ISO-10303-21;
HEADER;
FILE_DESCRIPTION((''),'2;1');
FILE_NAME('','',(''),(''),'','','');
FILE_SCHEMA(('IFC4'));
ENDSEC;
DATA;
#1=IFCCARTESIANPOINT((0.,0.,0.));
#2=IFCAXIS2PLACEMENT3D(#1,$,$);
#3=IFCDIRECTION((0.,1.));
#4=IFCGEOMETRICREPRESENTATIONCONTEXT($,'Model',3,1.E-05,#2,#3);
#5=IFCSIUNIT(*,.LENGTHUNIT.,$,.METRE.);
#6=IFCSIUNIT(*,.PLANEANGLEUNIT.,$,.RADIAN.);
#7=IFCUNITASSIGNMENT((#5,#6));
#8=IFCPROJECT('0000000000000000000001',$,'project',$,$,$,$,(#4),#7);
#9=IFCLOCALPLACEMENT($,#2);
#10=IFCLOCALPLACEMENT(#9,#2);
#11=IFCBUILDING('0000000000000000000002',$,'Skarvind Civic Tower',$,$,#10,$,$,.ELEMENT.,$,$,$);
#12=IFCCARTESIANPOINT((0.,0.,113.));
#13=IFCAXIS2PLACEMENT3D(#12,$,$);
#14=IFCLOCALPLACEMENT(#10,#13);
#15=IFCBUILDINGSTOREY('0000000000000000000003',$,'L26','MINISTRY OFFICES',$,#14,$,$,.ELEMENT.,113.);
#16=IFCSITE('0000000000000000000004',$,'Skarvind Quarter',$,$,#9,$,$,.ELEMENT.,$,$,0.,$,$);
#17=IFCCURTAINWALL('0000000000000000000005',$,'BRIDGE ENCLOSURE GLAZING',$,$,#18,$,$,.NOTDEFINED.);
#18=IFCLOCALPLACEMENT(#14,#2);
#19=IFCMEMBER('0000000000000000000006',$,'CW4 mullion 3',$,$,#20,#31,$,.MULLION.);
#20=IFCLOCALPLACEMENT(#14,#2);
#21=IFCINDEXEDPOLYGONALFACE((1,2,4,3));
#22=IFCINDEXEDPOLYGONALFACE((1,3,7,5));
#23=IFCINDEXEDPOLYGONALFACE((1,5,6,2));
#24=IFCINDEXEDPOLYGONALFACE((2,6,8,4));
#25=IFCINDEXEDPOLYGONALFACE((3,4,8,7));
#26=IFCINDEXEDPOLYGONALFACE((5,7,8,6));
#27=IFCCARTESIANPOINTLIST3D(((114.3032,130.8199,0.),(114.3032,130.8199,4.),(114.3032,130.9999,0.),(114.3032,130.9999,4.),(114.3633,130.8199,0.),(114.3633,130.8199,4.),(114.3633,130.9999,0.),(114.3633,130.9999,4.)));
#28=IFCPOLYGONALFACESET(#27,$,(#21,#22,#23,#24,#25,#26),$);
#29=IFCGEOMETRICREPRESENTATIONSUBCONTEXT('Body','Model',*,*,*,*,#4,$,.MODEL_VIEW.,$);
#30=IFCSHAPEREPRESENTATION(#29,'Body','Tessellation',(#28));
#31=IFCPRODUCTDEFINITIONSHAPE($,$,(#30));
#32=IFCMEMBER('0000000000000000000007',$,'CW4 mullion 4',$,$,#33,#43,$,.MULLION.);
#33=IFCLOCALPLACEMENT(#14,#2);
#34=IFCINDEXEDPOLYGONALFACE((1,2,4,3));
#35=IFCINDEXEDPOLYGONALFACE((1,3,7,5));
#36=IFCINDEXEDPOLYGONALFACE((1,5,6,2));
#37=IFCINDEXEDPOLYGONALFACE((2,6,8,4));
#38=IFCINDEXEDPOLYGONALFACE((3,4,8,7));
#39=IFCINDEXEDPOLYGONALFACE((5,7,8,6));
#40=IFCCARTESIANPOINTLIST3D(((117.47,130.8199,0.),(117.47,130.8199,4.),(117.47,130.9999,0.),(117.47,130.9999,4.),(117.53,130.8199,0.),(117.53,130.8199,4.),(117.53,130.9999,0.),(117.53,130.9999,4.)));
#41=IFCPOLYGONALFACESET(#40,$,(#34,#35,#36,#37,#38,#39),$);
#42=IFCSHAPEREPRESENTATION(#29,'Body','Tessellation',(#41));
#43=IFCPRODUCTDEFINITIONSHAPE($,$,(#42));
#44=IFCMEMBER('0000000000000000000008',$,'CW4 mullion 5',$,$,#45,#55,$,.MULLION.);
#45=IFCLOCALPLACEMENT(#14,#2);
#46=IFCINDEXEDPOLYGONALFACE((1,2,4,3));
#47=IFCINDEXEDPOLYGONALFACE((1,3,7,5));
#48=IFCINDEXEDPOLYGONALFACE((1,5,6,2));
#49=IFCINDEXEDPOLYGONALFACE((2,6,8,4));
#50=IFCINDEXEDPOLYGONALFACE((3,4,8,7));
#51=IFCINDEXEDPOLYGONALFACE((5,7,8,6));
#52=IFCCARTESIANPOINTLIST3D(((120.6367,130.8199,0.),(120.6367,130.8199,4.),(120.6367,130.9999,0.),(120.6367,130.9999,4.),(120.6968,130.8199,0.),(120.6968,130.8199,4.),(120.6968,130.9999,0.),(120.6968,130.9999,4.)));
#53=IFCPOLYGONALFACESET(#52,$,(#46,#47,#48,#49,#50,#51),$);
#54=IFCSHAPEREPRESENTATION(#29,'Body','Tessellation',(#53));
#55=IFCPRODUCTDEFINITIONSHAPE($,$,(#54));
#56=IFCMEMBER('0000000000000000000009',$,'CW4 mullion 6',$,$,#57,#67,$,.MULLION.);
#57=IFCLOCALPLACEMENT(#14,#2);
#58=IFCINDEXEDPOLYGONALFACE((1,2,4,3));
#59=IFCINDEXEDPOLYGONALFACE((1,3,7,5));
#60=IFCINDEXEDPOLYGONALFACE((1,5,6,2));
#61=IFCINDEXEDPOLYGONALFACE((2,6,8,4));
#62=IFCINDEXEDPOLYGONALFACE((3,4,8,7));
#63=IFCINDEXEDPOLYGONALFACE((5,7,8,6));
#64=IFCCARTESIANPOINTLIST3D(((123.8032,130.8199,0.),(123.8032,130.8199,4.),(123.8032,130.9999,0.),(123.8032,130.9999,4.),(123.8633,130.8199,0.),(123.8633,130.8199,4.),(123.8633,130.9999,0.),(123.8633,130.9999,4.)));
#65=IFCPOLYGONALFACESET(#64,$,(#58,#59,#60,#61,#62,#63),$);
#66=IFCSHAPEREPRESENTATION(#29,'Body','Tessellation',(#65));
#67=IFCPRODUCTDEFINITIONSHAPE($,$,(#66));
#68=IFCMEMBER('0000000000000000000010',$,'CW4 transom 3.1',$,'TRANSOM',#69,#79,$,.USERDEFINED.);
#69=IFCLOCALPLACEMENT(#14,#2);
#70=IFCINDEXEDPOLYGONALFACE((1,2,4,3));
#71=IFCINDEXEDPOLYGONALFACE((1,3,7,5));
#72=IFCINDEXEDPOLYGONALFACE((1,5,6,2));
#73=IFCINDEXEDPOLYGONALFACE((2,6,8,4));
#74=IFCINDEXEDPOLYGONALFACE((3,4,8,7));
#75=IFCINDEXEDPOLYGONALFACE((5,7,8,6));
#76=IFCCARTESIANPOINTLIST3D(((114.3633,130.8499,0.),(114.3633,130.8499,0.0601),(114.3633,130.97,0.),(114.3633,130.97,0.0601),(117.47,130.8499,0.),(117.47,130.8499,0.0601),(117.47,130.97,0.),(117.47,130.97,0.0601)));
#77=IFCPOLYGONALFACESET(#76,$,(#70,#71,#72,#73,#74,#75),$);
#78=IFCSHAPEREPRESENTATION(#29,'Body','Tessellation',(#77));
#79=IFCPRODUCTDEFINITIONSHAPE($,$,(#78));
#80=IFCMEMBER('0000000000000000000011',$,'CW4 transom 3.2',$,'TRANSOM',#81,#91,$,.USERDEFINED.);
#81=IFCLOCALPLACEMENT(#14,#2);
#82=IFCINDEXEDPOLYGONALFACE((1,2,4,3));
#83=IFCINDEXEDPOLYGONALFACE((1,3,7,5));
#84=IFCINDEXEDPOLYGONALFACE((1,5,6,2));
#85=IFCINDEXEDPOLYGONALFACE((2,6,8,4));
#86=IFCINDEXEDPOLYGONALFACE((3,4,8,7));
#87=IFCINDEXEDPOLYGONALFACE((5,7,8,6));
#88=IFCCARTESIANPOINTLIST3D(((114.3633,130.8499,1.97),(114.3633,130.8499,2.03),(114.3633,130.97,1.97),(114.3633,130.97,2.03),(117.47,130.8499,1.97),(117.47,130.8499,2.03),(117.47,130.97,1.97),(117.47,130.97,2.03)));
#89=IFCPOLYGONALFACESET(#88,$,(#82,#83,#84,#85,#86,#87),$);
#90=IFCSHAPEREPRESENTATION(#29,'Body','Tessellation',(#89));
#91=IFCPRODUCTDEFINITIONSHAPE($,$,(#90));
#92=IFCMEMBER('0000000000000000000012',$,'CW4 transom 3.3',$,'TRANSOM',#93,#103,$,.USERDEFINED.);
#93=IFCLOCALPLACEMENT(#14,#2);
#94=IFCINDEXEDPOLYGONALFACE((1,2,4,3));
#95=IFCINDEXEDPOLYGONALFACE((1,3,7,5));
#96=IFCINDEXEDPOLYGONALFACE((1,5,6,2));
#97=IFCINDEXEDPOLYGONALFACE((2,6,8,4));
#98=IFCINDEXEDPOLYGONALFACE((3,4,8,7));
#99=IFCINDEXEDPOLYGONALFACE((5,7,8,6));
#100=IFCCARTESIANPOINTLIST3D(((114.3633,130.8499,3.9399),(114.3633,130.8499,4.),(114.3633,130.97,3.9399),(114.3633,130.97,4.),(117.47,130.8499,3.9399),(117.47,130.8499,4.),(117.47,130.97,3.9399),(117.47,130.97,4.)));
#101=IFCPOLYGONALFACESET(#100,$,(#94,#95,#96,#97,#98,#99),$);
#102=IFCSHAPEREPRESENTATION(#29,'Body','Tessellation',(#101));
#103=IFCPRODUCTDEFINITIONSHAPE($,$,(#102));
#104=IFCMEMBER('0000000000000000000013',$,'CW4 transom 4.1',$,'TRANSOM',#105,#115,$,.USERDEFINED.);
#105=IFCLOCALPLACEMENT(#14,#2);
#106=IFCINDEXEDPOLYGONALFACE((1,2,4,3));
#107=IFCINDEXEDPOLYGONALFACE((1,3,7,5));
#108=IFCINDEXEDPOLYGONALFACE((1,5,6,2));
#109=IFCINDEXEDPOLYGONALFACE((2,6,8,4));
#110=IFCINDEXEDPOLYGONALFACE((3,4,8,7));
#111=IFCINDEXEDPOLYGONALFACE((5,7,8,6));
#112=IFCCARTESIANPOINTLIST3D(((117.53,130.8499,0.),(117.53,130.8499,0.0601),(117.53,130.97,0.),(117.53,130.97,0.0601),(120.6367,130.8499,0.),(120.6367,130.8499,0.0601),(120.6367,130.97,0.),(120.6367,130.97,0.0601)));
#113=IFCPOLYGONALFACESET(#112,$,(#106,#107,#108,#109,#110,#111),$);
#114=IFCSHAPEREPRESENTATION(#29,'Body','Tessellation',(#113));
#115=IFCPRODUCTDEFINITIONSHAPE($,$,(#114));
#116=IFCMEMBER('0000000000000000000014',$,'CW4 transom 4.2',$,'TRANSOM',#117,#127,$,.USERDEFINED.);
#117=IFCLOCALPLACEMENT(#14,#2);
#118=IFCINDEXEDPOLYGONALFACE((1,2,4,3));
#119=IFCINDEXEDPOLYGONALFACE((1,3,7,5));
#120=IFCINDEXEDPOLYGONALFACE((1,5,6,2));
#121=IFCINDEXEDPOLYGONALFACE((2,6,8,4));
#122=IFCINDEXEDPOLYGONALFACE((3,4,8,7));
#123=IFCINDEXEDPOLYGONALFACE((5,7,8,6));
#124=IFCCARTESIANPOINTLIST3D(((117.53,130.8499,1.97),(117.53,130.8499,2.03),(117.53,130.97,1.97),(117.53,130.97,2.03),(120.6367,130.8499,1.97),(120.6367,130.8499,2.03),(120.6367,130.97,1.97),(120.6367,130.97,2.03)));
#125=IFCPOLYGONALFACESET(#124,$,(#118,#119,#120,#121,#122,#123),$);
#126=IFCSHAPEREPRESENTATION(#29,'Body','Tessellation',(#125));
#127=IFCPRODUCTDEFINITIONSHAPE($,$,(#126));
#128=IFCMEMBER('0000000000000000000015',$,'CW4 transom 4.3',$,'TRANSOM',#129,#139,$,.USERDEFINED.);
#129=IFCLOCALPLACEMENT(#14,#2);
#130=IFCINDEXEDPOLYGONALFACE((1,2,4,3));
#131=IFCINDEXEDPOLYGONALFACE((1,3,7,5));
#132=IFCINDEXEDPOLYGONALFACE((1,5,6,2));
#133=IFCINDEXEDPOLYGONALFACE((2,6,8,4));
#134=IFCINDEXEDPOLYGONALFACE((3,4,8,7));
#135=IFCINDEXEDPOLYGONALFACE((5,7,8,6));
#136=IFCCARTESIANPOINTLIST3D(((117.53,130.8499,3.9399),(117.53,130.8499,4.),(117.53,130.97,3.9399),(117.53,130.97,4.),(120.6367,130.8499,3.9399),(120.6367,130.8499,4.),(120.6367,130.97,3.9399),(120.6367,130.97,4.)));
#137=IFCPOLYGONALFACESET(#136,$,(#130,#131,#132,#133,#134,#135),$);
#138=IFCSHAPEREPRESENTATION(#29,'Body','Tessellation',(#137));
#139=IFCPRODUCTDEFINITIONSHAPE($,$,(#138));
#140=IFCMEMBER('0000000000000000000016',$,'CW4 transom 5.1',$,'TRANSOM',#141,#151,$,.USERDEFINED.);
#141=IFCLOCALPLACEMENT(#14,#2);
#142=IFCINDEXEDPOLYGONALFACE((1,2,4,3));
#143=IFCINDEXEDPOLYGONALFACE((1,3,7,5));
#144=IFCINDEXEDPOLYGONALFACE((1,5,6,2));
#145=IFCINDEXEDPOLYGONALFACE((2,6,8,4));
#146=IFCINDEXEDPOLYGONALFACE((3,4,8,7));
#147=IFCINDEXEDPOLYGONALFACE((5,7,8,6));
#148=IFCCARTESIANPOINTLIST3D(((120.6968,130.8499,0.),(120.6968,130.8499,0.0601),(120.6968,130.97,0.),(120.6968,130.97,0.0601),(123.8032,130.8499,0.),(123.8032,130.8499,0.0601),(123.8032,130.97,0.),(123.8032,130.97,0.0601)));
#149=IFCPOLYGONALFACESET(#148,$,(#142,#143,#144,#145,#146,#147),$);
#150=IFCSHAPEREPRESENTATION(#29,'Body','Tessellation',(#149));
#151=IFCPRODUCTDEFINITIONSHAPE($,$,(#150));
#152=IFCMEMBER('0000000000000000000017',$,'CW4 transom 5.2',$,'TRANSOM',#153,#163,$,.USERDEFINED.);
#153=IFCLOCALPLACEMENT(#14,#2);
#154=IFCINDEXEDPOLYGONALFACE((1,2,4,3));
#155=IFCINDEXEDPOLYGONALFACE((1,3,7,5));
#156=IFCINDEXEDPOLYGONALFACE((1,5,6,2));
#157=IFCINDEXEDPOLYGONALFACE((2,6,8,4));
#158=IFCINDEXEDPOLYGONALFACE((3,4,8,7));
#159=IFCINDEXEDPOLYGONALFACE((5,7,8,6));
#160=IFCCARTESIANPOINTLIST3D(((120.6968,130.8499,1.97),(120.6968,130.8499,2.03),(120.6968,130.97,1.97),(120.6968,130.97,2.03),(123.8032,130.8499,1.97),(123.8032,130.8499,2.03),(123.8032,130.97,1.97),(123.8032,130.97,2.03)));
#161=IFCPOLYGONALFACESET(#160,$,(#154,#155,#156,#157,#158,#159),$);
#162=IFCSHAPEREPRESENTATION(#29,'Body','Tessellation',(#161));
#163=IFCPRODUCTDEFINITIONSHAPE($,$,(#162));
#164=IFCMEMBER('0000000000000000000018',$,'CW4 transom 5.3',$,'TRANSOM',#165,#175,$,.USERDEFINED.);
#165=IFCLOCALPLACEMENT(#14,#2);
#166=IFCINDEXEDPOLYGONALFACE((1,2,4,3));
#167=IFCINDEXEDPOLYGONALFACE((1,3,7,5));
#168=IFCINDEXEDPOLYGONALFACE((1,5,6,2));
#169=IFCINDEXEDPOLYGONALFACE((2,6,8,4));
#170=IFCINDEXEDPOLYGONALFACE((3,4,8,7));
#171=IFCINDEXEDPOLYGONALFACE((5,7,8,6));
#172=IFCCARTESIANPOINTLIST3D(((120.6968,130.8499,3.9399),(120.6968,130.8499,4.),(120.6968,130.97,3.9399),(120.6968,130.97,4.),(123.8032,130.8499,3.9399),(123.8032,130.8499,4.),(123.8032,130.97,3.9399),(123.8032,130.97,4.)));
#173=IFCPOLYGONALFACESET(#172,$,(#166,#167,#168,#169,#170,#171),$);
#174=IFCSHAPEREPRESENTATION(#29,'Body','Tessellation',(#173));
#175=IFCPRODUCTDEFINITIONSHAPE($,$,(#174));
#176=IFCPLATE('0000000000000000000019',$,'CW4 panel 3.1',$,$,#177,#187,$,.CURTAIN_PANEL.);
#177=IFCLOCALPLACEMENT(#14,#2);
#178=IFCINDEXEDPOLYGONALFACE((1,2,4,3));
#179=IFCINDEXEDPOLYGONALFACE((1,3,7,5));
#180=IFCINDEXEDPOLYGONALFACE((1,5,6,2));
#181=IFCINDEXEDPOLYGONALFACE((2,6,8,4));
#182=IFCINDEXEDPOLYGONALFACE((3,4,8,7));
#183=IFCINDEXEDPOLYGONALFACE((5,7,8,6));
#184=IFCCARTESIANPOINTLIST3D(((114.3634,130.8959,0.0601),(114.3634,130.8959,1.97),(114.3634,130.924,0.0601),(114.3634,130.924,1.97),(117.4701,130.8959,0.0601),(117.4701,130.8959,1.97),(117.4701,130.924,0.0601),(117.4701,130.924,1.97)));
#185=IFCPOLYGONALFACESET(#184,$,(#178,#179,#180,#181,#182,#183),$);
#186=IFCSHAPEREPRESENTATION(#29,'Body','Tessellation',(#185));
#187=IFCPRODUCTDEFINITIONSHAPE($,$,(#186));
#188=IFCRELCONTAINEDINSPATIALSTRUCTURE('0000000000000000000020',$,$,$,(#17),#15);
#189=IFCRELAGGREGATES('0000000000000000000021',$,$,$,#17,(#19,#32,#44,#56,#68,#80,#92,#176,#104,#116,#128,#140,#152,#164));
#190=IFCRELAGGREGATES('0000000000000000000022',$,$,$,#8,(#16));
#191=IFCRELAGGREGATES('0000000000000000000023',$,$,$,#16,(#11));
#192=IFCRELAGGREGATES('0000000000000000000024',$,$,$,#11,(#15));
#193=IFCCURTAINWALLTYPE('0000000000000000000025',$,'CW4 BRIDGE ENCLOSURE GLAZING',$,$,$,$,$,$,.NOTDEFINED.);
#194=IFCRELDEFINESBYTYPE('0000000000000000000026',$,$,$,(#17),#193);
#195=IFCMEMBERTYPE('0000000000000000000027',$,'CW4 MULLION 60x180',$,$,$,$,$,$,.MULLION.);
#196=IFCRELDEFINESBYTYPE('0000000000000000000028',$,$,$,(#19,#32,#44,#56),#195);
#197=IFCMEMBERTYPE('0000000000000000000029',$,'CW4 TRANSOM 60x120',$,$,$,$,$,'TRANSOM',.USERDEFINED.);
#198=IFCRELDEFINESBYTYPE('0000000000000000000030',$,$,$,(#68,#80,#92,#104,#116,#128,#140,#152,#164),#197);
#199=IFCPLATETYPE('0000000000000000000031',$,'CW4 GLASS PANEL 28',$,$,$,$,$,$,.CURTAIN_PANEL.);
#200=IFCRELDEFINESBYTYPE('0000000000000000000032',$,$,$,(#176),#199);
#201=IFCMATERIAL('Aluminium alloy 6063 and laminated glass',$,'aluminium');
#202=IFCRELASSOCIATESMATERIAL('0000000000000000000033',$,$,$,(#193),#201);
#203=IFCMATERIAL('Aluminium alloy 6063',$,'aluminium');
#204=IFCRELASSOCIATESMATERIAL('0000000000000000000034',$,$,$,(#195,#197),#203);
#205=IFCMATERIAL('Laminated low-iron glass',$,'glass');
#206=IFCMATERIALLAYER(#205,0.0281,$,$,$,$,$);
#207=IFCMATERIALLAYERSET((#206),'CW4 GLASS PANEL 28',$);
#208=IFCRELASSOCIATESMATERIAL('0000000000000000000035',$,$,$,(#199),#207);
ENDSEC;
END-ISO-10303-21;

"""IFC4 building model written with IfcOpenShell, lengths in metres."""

from ifc_helpers import new_model, si_unit, direction, frame, origin, origin_2d, place, context, subcontext, project, spatial, rectangle, extrude, material, layer, layer_set, material_profile, profile_set, type_object, element, aggregate, save


model = new_model("IFC4")

# Units and contexts
model_context = context("Model", 3, precision=1e-05, world=origin(), true_north=direction((0.0, 1.0)))
body_context = subcontext(model_context, "Body", "Model", "MODEL_VIEW")
ifc_project = project(units=[si_unit("LENGTHUNIT", "METRE"), si_unit("PLANEANGLEUNIT", "RADIAN")], contexts=[model_context])

# Site, building, storey
site_placement = place(None, origin())
site = spatial("IfcSite", under=ifc_project, at=site_placement, Name="Skarvind Quarter", CompositionType="ELEMENT", RefElevation=0.0)
building_placement = place(site_placement, origin())
building = spatial("IfcBuilding", under=site, at=building_placement, Name="Skarvind Civic Tower", CompositionType="ELEMENT")
storey_placement = place(building_placement, frame((0.0, 0.0, 113.0)))
storey = spatial("IfcBuildingStorey", under=building, at=storey_placement, Name="L26", Description="MINISTRY OFFICES", CompositionType="ELEMENT", Elevation=113.0)

# Curtain wall, members, plate
ifc_material_1 = material(Name="Aluminium alloy 6063 and laminated glass", Category="aluminium")
curtain_wall_type = type_object("IfcCurtainWallType", Name="CW4 BRIDGE ENCLOSURE GLAZING", PredefinedType="NOTDEFINED", material=ifc_material_1)
curtain_wall_placement = place(storey_placement, origin())
curtain_wall = element("IfcCurtainWall", 1, at=curtain_wall_placement, inside=storey, type_object=curtain_wall_type, Name="BRIDGE ENCLOSURE GLAZING", PredefinedType="NOTDEFINED")
ifc_material_2 = material(Name="Aluminium alloy 6063", Category="aluminium")
ifc_material_profile_1 = material_profile(ifc_material_2, rectangle(XDim=0.1799, YDim=0.0601, at=origin_2d()), Name="AL 60x180")
ifc_profile_set_1 = profile_set([ifc_material_profile_1], Name="Aluminium alloy 6063")
member_type_1 = type_object("IfcMemberType", Name="CW4 MULLION 60x180", PredefinedType="MULLION", material=ifc_profile_set_1)
member_1_placement = place(storey_placement, frame((114.3333, 130.9099, 0.0), z_axis=(0.0, 0.0, 1.0), x_axis=(0.0, 1.0, 0.0)))
member_1 = element("IfcMember", 2, at=member_1_placement, type_object=member_type_1, Name="CW4 mullion 3", PredefinedType="MULLION", context=body_context, shape_type="SweptSolid", body=[
    extrude(rectangle(XDim=0.1799, YDim=0.0601, at=origin_2d()), origin(), (0.0, 0.0, 1.0), 4.0),
])
member_2_placement = place(storey_placement, frame((117.5, 130.9099, 0.0), z_axis=(0.0, 0.0, 1.0), x_axis=(0.0, 1.0, 0.0)))
member_2 = element("IfcMember", 3, at=member_2_placement, type_object=member_type_1, Name="CW4 mullion 4", PredefinedType="MULLION", context=body_context, shape_type="SweptSolid", body=[
    extrude(rectangle(XDim=0.1799, YDim=0.0601, at=origin_2d()), origin(), (0.0, 0.0, 1.0), 4.0),
])
member_3_placement = place(storey_placement, frame((120.6667, 130.9099, 0.0), z_axis=(0.0, 0.0, 1.0), x_axis=(0.0, 1.0, 0.0)))
member_3 = element("IfcMember", 4, at=member_3_placement, type_object=member_type_1, Name="CW4 mullion 5", PredefinedType="MULLION", context=body_context, shape_type="SweptSolid", body=[
    extrude(rectangle(XDim=0.1799, YDim=0.0601, at=origin_2d()), origin(), (0.0, 0.0, 1.0), 4.0),
])
member_4_placement = place(storey_placement, frame((123.8333, 130.9099, 0.0), z_axis=(0.0, 0.0, 1.0), x_axis=(0.0, 1.0, 0.0)))
member_4 = element("IfcMember", 5, at=member_4_placement, type_object=member_type_1, Name="CW4 mullion 6", PredefinedType="MULLION", context=body_context, shape_type="SweptSolid", body=[
    extrude(rectangle(XDim=0.1799, YDim=0.0601, at=origin_2d()), origin(), (0.0, 0.0, 1.0), 4.0),
])
ifc_material_profile_2 = material_profile(ifc_material_2, rectangle(XDim=0.1201, YDim=0.0601, at=origin_2d()), Name="AL 60x120")
ifc_profile_set_2 = profile_set([ifc_material_profile_2], Name="Aluminium alloy 6063")
member_type_2 = type_object("IfcMemberType", Name="CW4 TRANSOM 60x120", ElementType="TRANSOM", PredefinedType="USERDEFINED", material=ifc_profile_set_2)
member_5_placement = place(storey_placement, frame((114.3633, 130.9099, 0.03), z_axis=(1.0, 0.0, 0.0), x_axis=(0.0, 1.0, 0.0)))
member_5 = element("IfcMember", 6, at=member_5_placement, type_object=member_type_2, Name="CW4 transom 3.1", ObjectType="TRANSOM", PredefinedType="USERDEFINED", context=body_context, shape_type="SweptSolid", body=[
    extrude(rectangle(XDim=0.1201, YDim=0.0601, at=origin_2d()), origin(), (0.0, 0.0, 1.0), 3.1067),
])
member_6_placement = place(storey_placement, frame((114.3633, 130.9099, 2.0), z_axis=(1.0, 0.0, 0.0), x_axis=(0.0, 1.0, 0.0)))
member_6 = element("IfcMember", 7, at=member_6_placement, type_object=member_type_2, Name="CW4 transom 3.2", ObjectType="TRANSOM", PredefinedType="USERDEFINED", context=body_context, shape_type="SweptSolid", body=[
    extrude(rectangle(XDim=0.1201, YDim=0.0601, at=origin_2d()), origin(), (0.0, 0.0, 1.0), 3.1067),
])
member_7_placement = place(storey_placement, frame((114.3633, 130.9099, 3.97), z_axis=(1.0, 0.0, 0.0), x_axis=(0.0, 1.0, 0.0)))
member_7 = element("IfcMember", 8, at=member_7_placement, type_object=member_type_2, Name="CW4 transom 3.3", ObjectType="TRANSOM", PredefinedType="USERDEFINED", context=body_context, shape_type="SweptSolid", body=[
    extrude(rectangle(XDim=0.1201, YDim=0.0601, at=origin_2d()), origin(), (0.0, 0.0, 1.0), 3.1067),
])
member_8_placement = place(storey_placement, frame((117.53, 130.9099, 0.03), z_axis=(1.0, 0.0, 0.0), x_axis=(0.0, 1.0, 0.0)))
member_8 = element("IfcMember", 9, at=member_8_placement, type_object=member_type_2, Name="CW4 transom 4.1", ObjectType="TRANSOM", PredefinedType="USERDEFINED", context=body_context, shape_type="SweptSolid", body=[
    extrude(rectangle(XDim=0.1201, YDim=0.0601, at=origin_2d()), origin(), (0.0, 0.0, 1.0), 3.1067),
])
member_9_placement = place(storey_placement, frame((117.53, 130.9099, 2.0), z_axis=(1.0, 0.0, 0.0), x_axis=(0.0, 1.0, 0.0)))
member_9 = element("IfcMember", 10, at=member_9_placement, type_object=member_type_2, Name="CW4 transom 4.2", ObjectType="TRANSOM", PredefinedType="USERDEFINED", context=body_context, shape_type="SweptSolid", body=[
    extrude(rectangle(XDim=0.1201, YDim=0.0601, at=origin_2d()), origin(), (0.0, 0.0, 1.0), 3.1067),
])
member_10_placement = place(storey_placement, frame((117.53, 130.9099, 3.97), z_axis=(1.0, 0.0, 0.0), x_axis=(0.0, 1.0, 0.0)))
member_10 = element("IfcMember", 11, at=member_10_placement, type_object=member_type_2, Name="CW4 transom 4.3", ObjectType="TRANSOM", PredefinedType="USERDEFINED", context=body_context, shape_type="SweptSolid", body=[
    extrude(rectangle(XDim=0.1201, YDim=0.0601, at=origin_2d()), origin(), (0.0, 0.0, 1.0), 3.1067),
])
member_11_placement = place(storey_placement, frame((120.6968, 130.9099, 0.03), z_axis=(1.0, 0.0, 0.0), x_axis=(0.0, 1.0, 0.0)))
member_11 = element("IfcMember", 12, at=member_11_placement, type_object=member_type_2, Name="CW4 transom 5.1", ObjectType="TRANSOM", PredefinedType="USERDEFINED", context=body_context, shape_type="SweptSolid", body=[
    extrude(rectangle(XDim=0.1201, YDim=0.0601, at=origin_2d()), origin(), (0.0, 0.0, 1.0), 3.1064),
])
member_12_placement = place(storey_placement, frame((120.6968, 130.9099, 2.0), z_axis=(1.0, 0.0, 0.0), x_axis=(0.0, 1.0, 0.0)))
member_12 = element("IfcMember", 13, at=member_12_placement, type_object=member_type_2, Name="CW4 transom 5.2", ObjectType="TRANSOM", PredefinedType="USERDEFINED", context=body_context, shape_type="SweptSolid", body=[
    extrude(rectangle(XDim=0.1201, YDim=0.0601, at=origin_2d()), origin(), (0.0, 0.0, 1.0), 3.1064),
])
member_13_placement = place(storey_placement, frame((120.6968, 130.9099, 3.97), z_axis=(1.0, 0.0, 0.0), x_axis=(0.0, 1.0, 0.0)))
member_13 = element("IfcMember", 14, at=member_13_placement, type_object=member_type_2, Name="CW4 transom 5.3", ObjectType="TRANSOM", PredefinedType="USERDEFINED", context=body_context, shape_type="SweptSolid", body=[
    extrude(rectangle(XDim=0.1201, YDim=0.0601, at=origin_2d()), origin(), (0.0, 0.0, 1.0), 3.1064),
])
ifc_material_3 = material(Name="Laminated low-iron glass", Category="glass")
ifc_layer = layer(ifc_material_3, 0.0281)
ifc_layer_set = layer_set([ifc_layer], Name="CW4 GLASS PANEL 28")
plate_type = type_object("IfcPlateType", Name="CW4 GLASS PANEL 28", PredefinedType="CURTAIN_PANEL", material=ifc_layer_set)
plate_1_placement = place(storey_placement, frame((115.9167, 130.9099, 0.0601), z_axis=(0.0, 0.0, 1.0), x_axis=(1.0, 0.0, 0.0)))
plate_1 = element("IfcPlate", 15, at=plate_1_placement, type_object=plate_type, Name="CW4 panel 3.1", PredefinedType="CURTAIN_PANEL", context=body_context, shape_type="SweptSolid", body=[
    extrude(rectangle(XDim=3.1067, YDim=0.0281, at=origin_2d()), origin(), (0.0, 0.0, 1.0), 1.9099),
])
aggregate(curtain_wall, [member_1, member_2, member_3, member_4, member_5, member_6, member_7, plate_1, member_8, member_9, member_10, member_11, member_12, member_13])

save(model, "model.ifc")
